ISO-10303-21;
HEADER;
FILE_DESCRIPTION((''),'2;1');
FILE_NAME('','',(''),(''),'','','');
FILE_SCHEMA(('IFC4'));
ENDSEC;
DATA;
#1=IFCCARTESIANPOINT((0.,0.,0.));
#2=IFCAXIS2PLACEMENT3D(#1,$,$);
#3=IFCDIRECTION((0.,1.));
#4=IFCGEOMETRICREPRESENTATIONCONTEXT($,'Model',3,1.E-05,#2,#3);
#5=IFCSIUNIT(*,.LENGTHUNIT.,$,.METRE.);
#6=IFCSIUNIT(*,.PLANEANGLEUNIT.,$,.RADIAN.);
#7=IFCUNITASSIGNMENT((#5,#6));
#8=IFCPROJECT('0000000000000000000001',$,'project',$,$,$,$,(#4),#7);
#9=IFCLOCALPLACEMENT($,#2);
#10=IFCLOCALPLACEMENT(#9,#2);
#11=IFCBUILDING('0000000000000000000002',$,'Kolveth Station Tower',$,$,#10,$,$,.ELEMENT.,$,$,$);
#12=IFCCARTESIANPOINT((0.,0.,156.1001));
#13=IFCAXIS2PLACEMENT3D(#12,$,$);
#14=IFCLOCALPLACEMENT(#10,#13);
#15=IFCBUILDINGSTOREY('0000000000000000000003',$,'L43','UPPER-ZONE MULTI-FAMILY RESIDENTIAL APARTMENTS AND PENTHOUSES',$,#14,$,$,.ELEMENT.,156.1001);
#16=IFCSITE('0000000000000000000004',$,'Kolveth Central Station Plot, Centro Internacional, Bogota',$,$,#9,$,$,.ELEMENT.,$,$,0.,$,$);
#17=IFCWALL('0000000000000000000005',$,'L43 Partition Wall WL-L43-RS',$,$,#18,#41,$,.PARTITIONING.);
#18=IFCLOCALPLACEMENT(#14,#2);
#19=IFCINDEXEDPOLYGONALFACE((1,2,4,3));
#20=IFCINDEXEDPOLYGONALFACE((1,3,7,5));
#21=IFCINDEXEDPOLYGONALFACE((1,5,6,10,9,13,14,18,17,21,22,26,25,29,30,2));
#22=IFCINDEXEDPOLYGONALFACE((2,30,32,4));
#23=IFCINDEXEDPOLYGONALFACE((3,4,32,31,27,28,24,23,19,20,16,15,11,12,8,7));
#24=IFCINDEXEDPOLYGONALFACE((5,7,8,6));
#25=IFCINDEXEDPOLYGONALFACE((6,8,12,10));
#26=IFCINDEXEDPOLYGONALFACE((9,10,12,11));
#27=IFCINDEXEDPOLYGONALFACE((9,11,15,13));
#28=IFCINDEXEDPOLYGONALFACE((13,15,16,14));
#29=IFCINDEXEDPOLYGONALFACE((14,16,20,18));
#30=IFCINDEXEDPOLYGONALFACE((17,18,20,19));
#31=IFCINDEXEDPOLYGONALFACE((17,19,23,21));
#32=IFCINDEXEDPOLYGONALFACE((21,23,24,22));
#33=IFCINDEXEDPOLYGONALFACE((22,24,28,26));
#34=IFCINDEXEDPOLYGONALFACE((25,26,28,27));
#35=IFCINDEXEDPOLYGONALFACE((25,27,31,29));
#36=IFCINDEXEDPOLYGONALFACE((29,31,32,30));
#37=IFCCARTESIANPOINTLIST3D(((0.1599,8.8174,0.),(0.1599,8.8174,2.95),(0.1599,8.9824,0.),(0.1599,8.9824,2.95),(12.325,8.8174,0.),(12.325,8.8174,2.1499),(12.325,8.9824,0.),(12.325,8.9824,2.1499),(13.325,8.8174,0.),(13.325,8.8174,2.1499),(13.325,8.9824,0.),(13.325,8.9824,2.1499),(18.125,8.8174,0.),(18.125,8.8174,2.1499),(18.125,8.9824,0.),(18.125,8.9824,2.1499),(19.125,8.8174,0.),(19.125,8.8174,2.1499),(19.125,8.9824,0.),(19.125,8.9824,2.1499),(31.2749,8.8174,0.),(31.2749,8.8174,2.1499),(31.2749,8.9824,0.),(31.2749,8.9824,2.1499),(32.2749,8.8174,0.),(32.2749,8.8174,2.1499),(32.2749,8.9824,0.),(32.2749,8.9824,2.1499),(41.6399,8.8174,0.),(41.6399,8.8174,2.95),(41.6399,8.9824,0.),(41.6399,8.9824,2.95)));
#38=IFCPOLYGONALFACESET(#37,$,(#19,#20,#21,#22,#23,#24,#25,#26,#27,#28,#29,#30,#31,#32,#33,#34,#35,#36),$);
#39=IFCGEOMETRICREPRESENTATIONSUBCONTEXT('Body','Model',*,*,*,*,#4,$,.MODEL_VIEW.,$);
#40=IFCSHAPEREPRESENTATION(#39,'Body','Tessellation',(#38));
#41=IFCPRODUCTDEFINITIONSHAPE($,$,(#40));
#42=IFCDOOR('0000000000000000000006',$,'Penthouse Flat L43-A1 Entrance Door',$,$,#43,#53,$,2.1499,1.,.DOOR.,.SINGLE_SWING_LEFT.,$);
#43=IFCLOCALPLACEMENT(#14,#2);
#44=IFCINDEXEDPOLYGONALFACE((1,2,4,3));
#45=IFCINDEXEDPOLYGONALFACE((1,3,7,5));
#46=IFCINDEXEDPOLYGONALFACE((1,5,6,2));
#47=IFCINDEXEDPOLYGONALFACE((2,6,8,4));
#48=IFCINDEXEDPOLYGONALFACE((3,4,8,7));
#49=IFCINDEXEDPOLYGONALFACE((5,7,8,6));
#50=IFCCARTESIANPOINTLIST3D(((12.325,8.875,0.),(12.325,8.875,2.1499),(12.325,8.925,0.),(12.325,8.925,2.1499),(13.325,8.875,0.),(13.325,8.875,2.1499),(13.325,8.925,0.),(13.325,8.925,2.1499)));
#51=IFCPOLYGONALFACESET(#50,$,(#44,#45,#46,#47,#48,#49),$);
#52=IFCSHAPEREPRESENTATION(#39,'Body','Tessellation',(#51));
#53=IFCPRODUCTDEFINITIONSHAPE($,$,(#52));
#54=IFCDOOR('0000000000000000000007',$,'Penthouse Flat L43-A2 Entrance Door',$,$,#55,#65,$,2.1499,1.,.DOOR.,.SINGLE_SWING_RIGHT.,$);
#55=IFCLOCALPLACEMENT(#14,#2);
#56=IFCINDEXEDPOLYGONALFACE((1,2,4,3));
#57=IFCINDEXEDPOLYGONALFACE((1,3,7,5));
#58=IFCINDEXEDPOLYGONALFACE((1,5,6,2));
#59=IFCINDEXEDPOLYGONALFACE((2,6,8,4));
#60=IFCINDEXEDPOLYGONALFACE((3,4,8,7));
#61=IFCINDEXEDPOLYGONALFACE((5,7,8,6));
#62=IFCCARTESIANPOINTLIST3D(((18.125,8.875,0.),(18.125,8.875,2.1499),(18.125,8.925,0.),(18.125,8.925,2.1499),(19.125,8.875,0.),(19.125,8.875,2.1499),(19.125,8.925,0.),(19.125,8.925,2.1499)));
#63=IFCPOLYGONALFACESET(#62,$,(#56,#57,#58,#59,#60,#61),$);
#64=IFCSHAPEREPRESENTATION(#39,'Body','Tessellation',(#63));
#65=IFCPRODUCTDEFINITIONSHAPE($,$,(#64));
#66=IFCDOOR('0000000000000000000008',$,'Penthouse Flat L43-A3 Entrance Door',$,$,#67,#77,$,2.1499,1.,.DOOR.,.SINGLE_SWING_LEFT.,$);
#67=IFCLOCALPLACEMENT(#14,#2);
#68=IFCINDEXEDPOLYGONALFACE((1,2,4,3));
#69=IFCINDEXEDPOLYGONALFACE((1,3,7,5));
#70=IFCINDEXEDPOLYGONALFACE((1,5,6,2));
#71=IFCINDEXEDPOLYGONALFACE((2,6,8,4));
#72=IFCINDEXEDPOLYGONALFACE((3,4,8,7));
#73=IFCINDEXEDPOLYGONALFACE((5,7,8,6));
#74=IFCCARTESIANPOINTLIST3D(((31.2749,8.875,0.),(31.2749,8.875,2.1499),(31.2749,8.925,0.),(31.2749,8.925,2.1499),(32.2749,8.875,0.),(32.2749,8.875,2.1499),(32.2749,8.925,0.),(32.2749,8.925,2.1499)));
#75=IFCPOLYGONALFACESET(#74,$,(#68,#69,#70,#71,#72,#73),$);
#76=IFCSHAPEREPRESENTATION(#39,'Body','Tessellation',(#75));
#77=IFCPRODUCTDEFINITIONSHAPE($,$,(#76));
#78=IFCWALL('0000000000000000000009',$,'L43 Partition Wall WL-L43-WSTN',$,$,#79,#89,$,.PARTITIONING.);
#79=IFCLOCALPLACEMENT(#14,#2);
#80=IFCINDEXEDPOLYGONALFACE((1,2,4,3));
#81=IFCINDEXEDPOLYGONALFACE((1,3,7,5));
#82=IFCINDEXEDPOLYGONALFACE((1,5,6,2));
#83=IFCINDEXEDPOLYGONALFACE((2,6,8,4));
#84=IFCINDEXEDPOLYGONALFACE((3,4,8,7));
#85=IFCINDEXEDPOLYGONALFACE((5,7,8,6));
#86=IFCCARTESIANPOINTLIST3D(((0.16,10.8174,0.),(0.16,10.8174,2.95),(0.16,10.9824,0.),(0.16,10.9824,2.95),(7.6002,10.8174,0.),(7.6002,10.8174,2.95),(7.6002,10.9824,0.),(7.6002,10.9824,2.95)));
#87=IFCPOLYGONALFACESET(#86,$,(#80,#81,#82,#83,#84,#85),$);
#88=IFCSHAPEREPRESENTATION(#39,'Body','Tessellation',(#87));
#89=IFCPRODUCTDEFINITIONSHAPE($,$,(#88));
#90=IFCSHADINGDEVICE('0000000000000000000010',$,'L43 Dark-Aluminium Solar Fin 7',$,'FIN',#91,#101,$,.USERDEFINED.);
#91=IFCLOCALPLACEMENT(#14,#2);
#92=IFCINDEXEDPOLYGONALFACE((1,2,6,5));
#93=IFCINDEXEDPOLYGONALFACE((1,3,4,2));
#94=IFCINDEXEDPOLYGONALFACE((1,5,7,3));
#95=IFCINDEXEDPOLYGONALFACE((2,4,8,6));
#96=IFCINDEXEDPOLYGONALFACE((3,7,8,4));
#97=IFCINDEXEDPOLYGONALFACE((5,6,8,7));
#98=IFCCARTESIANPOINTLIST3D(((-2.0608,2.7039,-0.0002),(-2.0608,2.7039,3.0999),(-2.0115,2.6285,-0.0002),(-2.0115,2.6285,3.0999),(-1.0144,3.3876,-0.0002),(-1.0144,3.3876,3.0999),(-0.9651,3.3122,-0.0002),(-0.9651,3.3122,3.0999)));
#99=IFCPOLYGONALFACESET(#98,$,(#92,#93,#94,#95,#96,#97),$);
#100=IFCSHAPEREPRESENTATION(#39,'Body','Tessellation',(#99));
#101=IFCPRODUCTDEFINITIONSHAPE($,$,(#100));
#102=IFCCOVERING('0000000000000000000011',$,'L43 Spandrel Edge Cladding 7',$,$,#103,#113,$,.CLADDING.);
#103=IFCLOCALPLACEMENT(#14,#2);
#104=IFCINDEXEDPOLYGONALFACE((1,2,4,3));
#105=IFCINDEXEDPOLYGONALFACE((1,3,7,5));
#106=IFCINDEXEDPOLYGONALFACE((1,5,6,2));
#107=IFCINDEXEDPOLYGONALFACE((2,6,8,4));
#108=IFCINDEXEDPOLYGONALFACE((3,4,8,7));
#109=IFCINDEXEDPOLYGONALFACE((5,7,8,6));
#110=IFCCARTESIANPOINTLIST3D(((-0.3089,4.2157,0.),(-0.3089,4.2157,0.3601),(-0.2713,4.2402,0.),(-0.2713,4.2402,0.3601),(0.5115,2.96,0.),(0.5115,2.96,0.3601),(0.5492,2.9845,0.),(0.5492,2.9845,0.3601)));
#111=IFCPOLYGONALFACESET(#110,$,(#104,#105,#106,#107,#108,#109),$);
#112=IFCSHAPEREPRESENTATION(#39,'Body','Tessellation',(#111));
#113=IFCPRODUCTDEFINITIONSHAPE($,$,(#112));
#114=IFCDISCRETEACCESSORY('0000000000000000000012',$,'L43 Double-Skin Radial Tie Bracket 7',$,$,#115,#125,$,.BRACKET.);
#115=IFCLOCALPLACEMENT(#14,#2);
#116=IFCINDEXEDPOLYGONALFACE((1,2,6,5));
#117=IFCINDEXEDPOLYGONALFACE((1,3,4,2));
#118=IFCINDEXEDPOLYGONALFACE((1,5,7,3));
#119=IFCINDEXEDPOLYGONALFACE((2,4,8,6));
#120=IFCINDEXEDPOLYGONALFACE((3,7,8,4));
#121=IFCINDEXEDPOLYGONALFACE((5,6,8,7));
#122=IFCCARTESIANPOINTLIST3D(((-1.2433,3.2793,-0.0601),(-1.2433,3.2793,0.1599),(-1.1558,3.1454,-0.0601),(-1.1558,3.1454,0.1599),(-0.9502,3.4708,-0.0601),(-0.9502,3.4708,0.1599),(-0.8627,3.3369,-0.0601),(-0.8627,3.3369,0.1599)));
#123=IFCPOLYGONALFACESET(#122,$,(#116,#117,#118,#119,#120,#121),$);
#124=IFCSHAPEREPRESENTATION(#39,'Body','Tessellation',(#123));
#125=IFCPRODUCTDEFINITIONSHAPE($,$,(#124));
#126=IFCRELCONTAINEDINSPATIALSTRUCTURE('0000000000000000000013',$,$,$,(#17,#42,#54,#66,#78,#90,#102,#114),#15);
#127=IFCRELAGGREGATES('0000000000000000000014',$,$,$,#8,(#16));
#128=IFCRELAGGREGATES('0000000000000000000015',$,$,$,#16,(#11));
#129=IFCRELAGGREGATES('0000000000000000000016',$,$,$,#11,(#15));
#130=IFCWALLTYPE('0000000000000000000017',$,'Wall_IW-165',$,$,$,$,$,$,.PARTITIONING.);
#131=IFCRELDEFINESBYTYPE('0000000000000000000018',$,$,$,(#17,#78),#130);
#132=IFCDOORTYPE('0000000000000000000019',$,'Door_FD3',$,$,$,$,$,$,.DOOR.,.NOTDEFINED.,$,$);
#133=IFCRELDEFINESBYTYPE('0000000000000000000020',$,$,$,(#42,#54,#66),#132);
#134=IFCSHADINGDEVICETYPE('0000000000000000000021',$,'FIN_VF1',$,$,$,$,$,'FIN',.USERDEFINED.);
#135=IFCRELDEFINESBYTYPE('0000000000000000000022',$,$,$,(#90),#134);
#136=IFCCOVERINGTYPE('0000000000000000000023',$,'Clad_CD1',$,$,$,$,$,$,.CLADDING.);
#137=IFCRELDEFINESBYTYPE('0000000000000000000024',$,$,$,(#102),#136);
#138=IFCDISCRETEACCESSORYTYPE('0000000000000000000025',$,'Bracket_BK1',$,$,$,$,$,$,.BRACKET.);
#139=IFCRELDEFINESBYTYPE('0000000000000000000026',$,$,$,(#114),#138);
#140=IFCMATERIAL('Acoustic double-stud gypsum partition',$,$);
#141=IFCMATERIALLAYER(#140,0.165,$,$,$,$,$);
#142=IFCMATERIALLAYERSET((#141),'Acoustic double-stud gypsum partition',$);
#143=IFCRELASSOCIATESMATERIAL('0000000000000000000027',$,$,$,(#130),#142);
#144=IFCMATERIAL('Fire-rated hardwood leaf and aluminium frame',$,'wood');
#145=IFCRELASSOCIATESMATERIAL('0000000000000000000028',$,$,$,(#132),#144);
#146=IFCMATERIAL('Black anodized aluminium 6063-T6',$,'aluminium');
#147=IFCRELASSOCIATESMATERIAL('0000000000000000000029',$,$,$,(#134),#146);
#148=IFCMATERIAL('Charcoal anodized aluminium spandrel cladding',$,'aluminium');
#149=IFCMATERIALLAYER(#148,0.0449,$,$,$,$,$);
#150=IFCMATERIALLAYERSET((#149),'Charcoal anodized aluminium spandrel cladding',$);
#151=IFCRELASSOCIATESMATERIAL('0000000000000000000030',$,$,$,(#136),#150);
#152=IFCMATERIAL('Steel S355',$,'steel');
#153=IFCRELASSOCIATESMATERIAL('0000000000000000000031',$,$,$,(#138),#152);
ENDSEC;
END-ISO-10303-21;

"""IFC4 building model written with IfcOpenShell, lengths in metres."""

from ifc_helpers import new_model, si_unit, direction, frame, frame_2d, origin, origin_2d, place, context, subcontext, project, spatial, rectangle, extrude, source, transform, mapped, material, layer, layer_set, type_object, element, fill, save


model = new_model("IFC4")

# Units and contexts
model_context = context("Model", 3, precision=1e-05, world=origin(), true_north=direction((0.0, 1.0)))
body_context = subcontext(model_context, "Body", "Model", "MODEL_VIEW")
ifc_project = project(units=[si_unit("LENGTHUNIT", "METRE"), si_unit("PLANEANGLEUNIT", "RADIAN")], contexts=[model_context])

# Site, building, storey
site_placement = place(None, origin())
site = spatial("IfcSite", under=ifc_project, at=site_placement, Name="Kolveth Central Station Plot, Centro Internacional, Bogota", CompositionType="ELEMENT", RefElevation=0.0)
building_placement = place(site_placement, origin())
building = spatial("IfcBuilding", under=site, at=building_placement, Name="Kolveth Station Tower", CompositionType="ELEMENT")
storey_placement = place(building_placement, frame((0.0, 0.0, 156.1001)))
storey = spatial("IfcBuildingStorey", under=building, at=storey_placement, Name="L43", Description="UPPER-ZONE MULTI-FAMILY RESIDENTIAL APARTMENTS AND PENTHOUSES", CompositionType="ELEMENT", Elevation=156.1001)

# Shared definitions
ifc_material_1 = material(Name="Steel S355", Category="steel")

# Shared definitions
ifc_material_2 = material(Name="Black anodized aluminium 6063-T6", Category="aluminium")

# Wall, openings, doors
ifc_material_3 = material(Name="Acoustic double-stud gypsum partition")
ifc_layer_1 = layer(ifc_material_3, 0.165)
ifc_layer_set_1 = layer_set([ifc_layer_1], Name="Acoustic double-stud gypsum partition")
wall_type_1 = type_object("IfcWallType", Name="Wall_IW-165", PredefinedType="PARTITIONING", material=ifc_layer_set_1)
wall_1_placement = place(storey_placement, frame((0.1599, 8.8999, 0.0), z_axis=(0.0, 0.0, 1.0), x_axis=(1.0, 0.0, 0.0)))
wall_1 = element("IfcWall", 1, at=wall_1_placement, inside=storey, type_object=wall_type_1, Name="L43 Partition Wall WL-L43-RS", PredefinedType="PARTITIONING", context=body_context, shape_type="SweptSolid", body=[
    extrude(rectangle(XDim=41.48, YDim=0.165, at=frame_2d((20.74, 0.0))), origin(), (0.0, 0.0, 1.0), 2.95),
])
opening_1_placement = place(wall_1_placement, frame((12.165, 0.0, 0.0)))
opening_1 = element("IfcOpeningElement", 2, at=opening_1_placement, cuts=wall_1, PredefinedType="OPENING", context=body_context, shape_type="SweptSolid", body=[
    extrude(rectangle(XDim=1.0, YDim=2.1499, at=frame_2d((0.5, 1.075))), frame((0.0, 0.0925, 0.0), z_axis=(0.0, -1.0, 0.0), x_axis=(1.0, 0.0, 0.0)), (0.0, 0.0, 1.0), 0.1851),
])
opening_2_placement = place(wall_1_placement, frame((17.9651, 0.0, 0.0)))
opening_2 = element("IfcOpeningElement", 3, at=opening_2_placement, cuts=wall_1, PredefinedType="OPENING", context=body_context, shape_type="SweptSolid", body=[
    extrude(rectangle(XDim=1.0, YDim=2.1499, at=frame_2d((0.5, 1.075))), frame((0.0, 0.0925, 0.0), z_axis=(0.0, -1.0, 0.0), x_axis=(1.0, 0.0, 0.0)), (0.0, 0.0, 1.0), 0.1851),
])
opening_3_placement = place(wall_1_placement, frame((31.115, 0.0, 0.0)))
opening_3 = element("IfcOpeningElement", 4, at=opening_3_placement, cuts=wall_1, PredefinedType="OPENING", context=body_context, shape_type="SweptSolid", body=[
    extrude(rectangle(XDim=1.0, YDim=2.1499, at=frame_2d((0.5, 1.075))), frame((0.0, 0.0925, 0.0), z_axis=(0.0, -1.0, 0.0), x_axis=(1.0, 0.0, 0.0)), (0.0, 0.0, 1.0), 0.1851),
])
ifc_material_4 = material(Name="Fire-rated hardwood leaf and aluminium frame", Category="wood")
door_type_1 = type_object("IfcDoorType", Name="Door_FD3", OperationType="NOTDEFINED", PredefinedType="DOOR", material=ifc_material_4)
door_1_placement = place(opening_1_placement, frame((1.0, 0.0, 0.0), z_axis=(0.0, 0.0, 1.0), x_axis=(-1.0, 0.0, 0.0)))
door_1 = element("IfcDoor", 5, at=door_1_placement, inside=storey, type_object=door_type_1, Name="Penthouse Flat L43-A1 Entrance Door", OperationType="SINGLE_SWING_LEFT", OverallHeight=2.1499, OverallWidth=1.0, PredefinedType="DOOR", context=body_context, shape_type="SweptSolid", body=[
    extrude(rectangle(XDim=1.0, YDim=2.1499, at=frame_2d((0.5, 1.075))), frame((0.0, 0.0249, 0.0), z_axis=(0.0, -1.0, 0.0), x_axis=(1.0, 0.0, 0.0)), (0.0, 0.0, 1.0), 0.05),
])
fill(opening_1, door_1)
door_2_placement = place(opening_2_placement, frame((1.0, 0.0, 0.0), z_axis=(0.0, 0.0, 1.0), x_axis=(-1.0, 0.0, 0.0)))
door_2 = element("IfcDoor", 6, at=door_2_placement, inside=storey, type_object=door_type_1, Name="Penthouse Flat L43-A2 Entrance Door", OperationType="SINGLE_SWING_RIGHT", OverallHeight=2.1499, OverallWidth=1.0, PredefinedType="DOOR", context=body_context, shape_type="SweptSolid", body=[
    extrude(rectangle(XDim=1.0, YDim=2.1499, at=frame_2d((0.5, 1.075))), frame((0.0, 0.0249, 0.0), z_axis=(0.0, -1.0, 0.0), x_axis=(1.0, 0.0, 0.0)), (0.0, 0.0, 1.0), 0.05),
])
fill(opening_2, door_2)
door_3_placement = place(opening_3_placement, frame((1.0, 0.0, 0.0), z_axis=(0.0, 0.0, 1.0), x_axis=(-1.0, 0.0, 0.0)))
door_3 = element("IfcDoor", 7, at=door_3_placement, inside=storey, type_object=door_type_1, Name="Penthouse Flat L43-A3 Entrance Door", OperationType="SINGLE_SWING_LEFT", OverallHeight=2.1499, OverallWidth=1.0, PredefinedType="DOOR", context=body_context, shape_type="SweptSolid", body=[
    extrude(rectangle(XDim=1.0, YDim=2.1499, at=frame_2d((0.5, 1.075))), frame((0.0, 0.0249, 0.0), z_axis=(0.0, -1.0, 0.0), x_axis=(1.0, 0.0, 0.0)), (0.0, 0.0, 1.0), 0.05),
])
fill(opening_3, door_3)

# Wall
wall_2_placement = place(storey_placement, frame((0.1599, 10.8999, 0.0), z_axis=(0.0, 0.0, 1.0), x_axis=(1.0, 0.0, 0.0)))
element("IfcWall", 8, at=wall_2_placement, inside=storey, type_object=wall_type_1, Name="L43 Partition Wall WL-L43-WSTN", PredefinedType="PARTITIONING", context=body_context, shape_type="SweptSolid", body=[
    extrude(rectangle(XDim=7.4402, YDim=0.165, at=frame_2d((3.7202, 0.0))), origin(), (0.0, 0.0, 1.0), 2.95),
])

# Shading device
shading_device_type = type_object("IfcShadingDeviceType", Name="FIN_VF1", ElementType="FIN", PredefinedType="USERDEFINED", material=ifc_material_2)
shared_shape_1 = source(origin(), body_context, "Body", "SweptSolid", [
    extrude(rectangle(XDim=1.25, YDim=0.0901, at=origin_2d()), origin(), (0.0, 0.0, 1.0), 3.1001),
])
shading_device_placement = place(storey_placement, frame((-1.5129, 3.0081, -0.0002), z_axis=(0.0, 0.0, 1.0), x_axis=(-0.837146, -0.546979, 0.0)))
element("IfcShadingDevice", 9, at=shading_device_placement, inside=storey, type_object=shading_device_type, Name="L43 Dark-Aluminium Solar Fin 7", ObjectType="FIN", PredefinedType="USERDEFINED", context=body_context, shape_type="MappedRepresentation", body=[
    mapped(shared_shape_1, transform((0.0, 0.0, 0.0), x_axis=(1.0, 0.0, 0.0), y_axis=(0.0, 1.0, 0.0), z_axis=(0.0, 0.0, 1.0), scale=1.0)),
])

# Covering
ifc_material_5 = material(Name="Charcoal anodized aluminium spandrel cladding", Category="aluminium")
ifc_layer_2 = layer(ifc_material_5, 0.0449)
ifc_layer_set_2 = layer_set([ifc_layer_2], Name="Charcoal anodized aluminium spandrel cladding")
covering_type = type_object("IfcCoveringType", Name="Clad_CD1", PredefinedType="CLADDING", material=ifc_layer_set_2)
shared_shape_2 = source(origin(), body_context, "Body", "SweptSolid", [
    extrude(rectangle(XDim=1.5, YDim=0.0449, at=origin_2d()), origin(), (0.0, 0.0, 1.0), 0.3601),
])
covering_placement = place(storey_placement, frame((0.1201, 3.6001, 0.0), z_axis=(0.0, 0.0, 1.0), x_axis=(0.546979, -0.837146, 0.0)))
element("IfcCovering", 10, at=covering_placement, inside=storey, type_object=covering_type, Name="L43 Spandrel Edge Cladding 7", PredefinedType="CLADDING", context=body_context, shape_type="MappedRepresentation", body=[
    mapped(shared_shape_2, transform((0.0, 0.0, 0.0), x_axis=(1.0, 0.0, 0.0), y_axis=(0.0, 1.0, 0.0), z_axis=(0.0, 0.0, 1.0), scale=1.0)),
])

# Discrete accessory
discrete_accessory_type = type_object("IfcDiscreteAccessoryType", Name="Bracket_BK1", PredefinedType="BRACKET", material=ifc_material_1)
shared_shape_3 = source(origin(), body_context, "Body", "SweptSolid", [
    extrude(rectangle(XDim=0.3501, YDim=0.1599, at=origin_2d()), origin(), (0.0, 0.0, 1.0), 0.22),
])
discrete_accessory_placement = place(storey_placement, frame((-1.053, 3.3081, -0.0601), z_axis=(0.0, 0.0, 1.0), x_axis=(-0.837146, -0.546979, 0.0)))
element("IfcDiscreteAccessory", 11, at=discrete_accessory_placement, inside=storey, type_object=discrete_accessory_type, Name="L43 Double-Skin Radial Tie Bracket 7", PredefinedType="BRACKET", context=body_context, shape_type="MappedRepresentation", body=[
    mapped(shared_shape_3, transform((0.0, 0.0, 0.0), x_axis=(1.0, 0.0, 0.0), y_axis=(0.0, 1.0, 0.0), z_axis=(0.0, 0.0, 1.0), scale=1.0)),
])

save(model, "model.ifc")
